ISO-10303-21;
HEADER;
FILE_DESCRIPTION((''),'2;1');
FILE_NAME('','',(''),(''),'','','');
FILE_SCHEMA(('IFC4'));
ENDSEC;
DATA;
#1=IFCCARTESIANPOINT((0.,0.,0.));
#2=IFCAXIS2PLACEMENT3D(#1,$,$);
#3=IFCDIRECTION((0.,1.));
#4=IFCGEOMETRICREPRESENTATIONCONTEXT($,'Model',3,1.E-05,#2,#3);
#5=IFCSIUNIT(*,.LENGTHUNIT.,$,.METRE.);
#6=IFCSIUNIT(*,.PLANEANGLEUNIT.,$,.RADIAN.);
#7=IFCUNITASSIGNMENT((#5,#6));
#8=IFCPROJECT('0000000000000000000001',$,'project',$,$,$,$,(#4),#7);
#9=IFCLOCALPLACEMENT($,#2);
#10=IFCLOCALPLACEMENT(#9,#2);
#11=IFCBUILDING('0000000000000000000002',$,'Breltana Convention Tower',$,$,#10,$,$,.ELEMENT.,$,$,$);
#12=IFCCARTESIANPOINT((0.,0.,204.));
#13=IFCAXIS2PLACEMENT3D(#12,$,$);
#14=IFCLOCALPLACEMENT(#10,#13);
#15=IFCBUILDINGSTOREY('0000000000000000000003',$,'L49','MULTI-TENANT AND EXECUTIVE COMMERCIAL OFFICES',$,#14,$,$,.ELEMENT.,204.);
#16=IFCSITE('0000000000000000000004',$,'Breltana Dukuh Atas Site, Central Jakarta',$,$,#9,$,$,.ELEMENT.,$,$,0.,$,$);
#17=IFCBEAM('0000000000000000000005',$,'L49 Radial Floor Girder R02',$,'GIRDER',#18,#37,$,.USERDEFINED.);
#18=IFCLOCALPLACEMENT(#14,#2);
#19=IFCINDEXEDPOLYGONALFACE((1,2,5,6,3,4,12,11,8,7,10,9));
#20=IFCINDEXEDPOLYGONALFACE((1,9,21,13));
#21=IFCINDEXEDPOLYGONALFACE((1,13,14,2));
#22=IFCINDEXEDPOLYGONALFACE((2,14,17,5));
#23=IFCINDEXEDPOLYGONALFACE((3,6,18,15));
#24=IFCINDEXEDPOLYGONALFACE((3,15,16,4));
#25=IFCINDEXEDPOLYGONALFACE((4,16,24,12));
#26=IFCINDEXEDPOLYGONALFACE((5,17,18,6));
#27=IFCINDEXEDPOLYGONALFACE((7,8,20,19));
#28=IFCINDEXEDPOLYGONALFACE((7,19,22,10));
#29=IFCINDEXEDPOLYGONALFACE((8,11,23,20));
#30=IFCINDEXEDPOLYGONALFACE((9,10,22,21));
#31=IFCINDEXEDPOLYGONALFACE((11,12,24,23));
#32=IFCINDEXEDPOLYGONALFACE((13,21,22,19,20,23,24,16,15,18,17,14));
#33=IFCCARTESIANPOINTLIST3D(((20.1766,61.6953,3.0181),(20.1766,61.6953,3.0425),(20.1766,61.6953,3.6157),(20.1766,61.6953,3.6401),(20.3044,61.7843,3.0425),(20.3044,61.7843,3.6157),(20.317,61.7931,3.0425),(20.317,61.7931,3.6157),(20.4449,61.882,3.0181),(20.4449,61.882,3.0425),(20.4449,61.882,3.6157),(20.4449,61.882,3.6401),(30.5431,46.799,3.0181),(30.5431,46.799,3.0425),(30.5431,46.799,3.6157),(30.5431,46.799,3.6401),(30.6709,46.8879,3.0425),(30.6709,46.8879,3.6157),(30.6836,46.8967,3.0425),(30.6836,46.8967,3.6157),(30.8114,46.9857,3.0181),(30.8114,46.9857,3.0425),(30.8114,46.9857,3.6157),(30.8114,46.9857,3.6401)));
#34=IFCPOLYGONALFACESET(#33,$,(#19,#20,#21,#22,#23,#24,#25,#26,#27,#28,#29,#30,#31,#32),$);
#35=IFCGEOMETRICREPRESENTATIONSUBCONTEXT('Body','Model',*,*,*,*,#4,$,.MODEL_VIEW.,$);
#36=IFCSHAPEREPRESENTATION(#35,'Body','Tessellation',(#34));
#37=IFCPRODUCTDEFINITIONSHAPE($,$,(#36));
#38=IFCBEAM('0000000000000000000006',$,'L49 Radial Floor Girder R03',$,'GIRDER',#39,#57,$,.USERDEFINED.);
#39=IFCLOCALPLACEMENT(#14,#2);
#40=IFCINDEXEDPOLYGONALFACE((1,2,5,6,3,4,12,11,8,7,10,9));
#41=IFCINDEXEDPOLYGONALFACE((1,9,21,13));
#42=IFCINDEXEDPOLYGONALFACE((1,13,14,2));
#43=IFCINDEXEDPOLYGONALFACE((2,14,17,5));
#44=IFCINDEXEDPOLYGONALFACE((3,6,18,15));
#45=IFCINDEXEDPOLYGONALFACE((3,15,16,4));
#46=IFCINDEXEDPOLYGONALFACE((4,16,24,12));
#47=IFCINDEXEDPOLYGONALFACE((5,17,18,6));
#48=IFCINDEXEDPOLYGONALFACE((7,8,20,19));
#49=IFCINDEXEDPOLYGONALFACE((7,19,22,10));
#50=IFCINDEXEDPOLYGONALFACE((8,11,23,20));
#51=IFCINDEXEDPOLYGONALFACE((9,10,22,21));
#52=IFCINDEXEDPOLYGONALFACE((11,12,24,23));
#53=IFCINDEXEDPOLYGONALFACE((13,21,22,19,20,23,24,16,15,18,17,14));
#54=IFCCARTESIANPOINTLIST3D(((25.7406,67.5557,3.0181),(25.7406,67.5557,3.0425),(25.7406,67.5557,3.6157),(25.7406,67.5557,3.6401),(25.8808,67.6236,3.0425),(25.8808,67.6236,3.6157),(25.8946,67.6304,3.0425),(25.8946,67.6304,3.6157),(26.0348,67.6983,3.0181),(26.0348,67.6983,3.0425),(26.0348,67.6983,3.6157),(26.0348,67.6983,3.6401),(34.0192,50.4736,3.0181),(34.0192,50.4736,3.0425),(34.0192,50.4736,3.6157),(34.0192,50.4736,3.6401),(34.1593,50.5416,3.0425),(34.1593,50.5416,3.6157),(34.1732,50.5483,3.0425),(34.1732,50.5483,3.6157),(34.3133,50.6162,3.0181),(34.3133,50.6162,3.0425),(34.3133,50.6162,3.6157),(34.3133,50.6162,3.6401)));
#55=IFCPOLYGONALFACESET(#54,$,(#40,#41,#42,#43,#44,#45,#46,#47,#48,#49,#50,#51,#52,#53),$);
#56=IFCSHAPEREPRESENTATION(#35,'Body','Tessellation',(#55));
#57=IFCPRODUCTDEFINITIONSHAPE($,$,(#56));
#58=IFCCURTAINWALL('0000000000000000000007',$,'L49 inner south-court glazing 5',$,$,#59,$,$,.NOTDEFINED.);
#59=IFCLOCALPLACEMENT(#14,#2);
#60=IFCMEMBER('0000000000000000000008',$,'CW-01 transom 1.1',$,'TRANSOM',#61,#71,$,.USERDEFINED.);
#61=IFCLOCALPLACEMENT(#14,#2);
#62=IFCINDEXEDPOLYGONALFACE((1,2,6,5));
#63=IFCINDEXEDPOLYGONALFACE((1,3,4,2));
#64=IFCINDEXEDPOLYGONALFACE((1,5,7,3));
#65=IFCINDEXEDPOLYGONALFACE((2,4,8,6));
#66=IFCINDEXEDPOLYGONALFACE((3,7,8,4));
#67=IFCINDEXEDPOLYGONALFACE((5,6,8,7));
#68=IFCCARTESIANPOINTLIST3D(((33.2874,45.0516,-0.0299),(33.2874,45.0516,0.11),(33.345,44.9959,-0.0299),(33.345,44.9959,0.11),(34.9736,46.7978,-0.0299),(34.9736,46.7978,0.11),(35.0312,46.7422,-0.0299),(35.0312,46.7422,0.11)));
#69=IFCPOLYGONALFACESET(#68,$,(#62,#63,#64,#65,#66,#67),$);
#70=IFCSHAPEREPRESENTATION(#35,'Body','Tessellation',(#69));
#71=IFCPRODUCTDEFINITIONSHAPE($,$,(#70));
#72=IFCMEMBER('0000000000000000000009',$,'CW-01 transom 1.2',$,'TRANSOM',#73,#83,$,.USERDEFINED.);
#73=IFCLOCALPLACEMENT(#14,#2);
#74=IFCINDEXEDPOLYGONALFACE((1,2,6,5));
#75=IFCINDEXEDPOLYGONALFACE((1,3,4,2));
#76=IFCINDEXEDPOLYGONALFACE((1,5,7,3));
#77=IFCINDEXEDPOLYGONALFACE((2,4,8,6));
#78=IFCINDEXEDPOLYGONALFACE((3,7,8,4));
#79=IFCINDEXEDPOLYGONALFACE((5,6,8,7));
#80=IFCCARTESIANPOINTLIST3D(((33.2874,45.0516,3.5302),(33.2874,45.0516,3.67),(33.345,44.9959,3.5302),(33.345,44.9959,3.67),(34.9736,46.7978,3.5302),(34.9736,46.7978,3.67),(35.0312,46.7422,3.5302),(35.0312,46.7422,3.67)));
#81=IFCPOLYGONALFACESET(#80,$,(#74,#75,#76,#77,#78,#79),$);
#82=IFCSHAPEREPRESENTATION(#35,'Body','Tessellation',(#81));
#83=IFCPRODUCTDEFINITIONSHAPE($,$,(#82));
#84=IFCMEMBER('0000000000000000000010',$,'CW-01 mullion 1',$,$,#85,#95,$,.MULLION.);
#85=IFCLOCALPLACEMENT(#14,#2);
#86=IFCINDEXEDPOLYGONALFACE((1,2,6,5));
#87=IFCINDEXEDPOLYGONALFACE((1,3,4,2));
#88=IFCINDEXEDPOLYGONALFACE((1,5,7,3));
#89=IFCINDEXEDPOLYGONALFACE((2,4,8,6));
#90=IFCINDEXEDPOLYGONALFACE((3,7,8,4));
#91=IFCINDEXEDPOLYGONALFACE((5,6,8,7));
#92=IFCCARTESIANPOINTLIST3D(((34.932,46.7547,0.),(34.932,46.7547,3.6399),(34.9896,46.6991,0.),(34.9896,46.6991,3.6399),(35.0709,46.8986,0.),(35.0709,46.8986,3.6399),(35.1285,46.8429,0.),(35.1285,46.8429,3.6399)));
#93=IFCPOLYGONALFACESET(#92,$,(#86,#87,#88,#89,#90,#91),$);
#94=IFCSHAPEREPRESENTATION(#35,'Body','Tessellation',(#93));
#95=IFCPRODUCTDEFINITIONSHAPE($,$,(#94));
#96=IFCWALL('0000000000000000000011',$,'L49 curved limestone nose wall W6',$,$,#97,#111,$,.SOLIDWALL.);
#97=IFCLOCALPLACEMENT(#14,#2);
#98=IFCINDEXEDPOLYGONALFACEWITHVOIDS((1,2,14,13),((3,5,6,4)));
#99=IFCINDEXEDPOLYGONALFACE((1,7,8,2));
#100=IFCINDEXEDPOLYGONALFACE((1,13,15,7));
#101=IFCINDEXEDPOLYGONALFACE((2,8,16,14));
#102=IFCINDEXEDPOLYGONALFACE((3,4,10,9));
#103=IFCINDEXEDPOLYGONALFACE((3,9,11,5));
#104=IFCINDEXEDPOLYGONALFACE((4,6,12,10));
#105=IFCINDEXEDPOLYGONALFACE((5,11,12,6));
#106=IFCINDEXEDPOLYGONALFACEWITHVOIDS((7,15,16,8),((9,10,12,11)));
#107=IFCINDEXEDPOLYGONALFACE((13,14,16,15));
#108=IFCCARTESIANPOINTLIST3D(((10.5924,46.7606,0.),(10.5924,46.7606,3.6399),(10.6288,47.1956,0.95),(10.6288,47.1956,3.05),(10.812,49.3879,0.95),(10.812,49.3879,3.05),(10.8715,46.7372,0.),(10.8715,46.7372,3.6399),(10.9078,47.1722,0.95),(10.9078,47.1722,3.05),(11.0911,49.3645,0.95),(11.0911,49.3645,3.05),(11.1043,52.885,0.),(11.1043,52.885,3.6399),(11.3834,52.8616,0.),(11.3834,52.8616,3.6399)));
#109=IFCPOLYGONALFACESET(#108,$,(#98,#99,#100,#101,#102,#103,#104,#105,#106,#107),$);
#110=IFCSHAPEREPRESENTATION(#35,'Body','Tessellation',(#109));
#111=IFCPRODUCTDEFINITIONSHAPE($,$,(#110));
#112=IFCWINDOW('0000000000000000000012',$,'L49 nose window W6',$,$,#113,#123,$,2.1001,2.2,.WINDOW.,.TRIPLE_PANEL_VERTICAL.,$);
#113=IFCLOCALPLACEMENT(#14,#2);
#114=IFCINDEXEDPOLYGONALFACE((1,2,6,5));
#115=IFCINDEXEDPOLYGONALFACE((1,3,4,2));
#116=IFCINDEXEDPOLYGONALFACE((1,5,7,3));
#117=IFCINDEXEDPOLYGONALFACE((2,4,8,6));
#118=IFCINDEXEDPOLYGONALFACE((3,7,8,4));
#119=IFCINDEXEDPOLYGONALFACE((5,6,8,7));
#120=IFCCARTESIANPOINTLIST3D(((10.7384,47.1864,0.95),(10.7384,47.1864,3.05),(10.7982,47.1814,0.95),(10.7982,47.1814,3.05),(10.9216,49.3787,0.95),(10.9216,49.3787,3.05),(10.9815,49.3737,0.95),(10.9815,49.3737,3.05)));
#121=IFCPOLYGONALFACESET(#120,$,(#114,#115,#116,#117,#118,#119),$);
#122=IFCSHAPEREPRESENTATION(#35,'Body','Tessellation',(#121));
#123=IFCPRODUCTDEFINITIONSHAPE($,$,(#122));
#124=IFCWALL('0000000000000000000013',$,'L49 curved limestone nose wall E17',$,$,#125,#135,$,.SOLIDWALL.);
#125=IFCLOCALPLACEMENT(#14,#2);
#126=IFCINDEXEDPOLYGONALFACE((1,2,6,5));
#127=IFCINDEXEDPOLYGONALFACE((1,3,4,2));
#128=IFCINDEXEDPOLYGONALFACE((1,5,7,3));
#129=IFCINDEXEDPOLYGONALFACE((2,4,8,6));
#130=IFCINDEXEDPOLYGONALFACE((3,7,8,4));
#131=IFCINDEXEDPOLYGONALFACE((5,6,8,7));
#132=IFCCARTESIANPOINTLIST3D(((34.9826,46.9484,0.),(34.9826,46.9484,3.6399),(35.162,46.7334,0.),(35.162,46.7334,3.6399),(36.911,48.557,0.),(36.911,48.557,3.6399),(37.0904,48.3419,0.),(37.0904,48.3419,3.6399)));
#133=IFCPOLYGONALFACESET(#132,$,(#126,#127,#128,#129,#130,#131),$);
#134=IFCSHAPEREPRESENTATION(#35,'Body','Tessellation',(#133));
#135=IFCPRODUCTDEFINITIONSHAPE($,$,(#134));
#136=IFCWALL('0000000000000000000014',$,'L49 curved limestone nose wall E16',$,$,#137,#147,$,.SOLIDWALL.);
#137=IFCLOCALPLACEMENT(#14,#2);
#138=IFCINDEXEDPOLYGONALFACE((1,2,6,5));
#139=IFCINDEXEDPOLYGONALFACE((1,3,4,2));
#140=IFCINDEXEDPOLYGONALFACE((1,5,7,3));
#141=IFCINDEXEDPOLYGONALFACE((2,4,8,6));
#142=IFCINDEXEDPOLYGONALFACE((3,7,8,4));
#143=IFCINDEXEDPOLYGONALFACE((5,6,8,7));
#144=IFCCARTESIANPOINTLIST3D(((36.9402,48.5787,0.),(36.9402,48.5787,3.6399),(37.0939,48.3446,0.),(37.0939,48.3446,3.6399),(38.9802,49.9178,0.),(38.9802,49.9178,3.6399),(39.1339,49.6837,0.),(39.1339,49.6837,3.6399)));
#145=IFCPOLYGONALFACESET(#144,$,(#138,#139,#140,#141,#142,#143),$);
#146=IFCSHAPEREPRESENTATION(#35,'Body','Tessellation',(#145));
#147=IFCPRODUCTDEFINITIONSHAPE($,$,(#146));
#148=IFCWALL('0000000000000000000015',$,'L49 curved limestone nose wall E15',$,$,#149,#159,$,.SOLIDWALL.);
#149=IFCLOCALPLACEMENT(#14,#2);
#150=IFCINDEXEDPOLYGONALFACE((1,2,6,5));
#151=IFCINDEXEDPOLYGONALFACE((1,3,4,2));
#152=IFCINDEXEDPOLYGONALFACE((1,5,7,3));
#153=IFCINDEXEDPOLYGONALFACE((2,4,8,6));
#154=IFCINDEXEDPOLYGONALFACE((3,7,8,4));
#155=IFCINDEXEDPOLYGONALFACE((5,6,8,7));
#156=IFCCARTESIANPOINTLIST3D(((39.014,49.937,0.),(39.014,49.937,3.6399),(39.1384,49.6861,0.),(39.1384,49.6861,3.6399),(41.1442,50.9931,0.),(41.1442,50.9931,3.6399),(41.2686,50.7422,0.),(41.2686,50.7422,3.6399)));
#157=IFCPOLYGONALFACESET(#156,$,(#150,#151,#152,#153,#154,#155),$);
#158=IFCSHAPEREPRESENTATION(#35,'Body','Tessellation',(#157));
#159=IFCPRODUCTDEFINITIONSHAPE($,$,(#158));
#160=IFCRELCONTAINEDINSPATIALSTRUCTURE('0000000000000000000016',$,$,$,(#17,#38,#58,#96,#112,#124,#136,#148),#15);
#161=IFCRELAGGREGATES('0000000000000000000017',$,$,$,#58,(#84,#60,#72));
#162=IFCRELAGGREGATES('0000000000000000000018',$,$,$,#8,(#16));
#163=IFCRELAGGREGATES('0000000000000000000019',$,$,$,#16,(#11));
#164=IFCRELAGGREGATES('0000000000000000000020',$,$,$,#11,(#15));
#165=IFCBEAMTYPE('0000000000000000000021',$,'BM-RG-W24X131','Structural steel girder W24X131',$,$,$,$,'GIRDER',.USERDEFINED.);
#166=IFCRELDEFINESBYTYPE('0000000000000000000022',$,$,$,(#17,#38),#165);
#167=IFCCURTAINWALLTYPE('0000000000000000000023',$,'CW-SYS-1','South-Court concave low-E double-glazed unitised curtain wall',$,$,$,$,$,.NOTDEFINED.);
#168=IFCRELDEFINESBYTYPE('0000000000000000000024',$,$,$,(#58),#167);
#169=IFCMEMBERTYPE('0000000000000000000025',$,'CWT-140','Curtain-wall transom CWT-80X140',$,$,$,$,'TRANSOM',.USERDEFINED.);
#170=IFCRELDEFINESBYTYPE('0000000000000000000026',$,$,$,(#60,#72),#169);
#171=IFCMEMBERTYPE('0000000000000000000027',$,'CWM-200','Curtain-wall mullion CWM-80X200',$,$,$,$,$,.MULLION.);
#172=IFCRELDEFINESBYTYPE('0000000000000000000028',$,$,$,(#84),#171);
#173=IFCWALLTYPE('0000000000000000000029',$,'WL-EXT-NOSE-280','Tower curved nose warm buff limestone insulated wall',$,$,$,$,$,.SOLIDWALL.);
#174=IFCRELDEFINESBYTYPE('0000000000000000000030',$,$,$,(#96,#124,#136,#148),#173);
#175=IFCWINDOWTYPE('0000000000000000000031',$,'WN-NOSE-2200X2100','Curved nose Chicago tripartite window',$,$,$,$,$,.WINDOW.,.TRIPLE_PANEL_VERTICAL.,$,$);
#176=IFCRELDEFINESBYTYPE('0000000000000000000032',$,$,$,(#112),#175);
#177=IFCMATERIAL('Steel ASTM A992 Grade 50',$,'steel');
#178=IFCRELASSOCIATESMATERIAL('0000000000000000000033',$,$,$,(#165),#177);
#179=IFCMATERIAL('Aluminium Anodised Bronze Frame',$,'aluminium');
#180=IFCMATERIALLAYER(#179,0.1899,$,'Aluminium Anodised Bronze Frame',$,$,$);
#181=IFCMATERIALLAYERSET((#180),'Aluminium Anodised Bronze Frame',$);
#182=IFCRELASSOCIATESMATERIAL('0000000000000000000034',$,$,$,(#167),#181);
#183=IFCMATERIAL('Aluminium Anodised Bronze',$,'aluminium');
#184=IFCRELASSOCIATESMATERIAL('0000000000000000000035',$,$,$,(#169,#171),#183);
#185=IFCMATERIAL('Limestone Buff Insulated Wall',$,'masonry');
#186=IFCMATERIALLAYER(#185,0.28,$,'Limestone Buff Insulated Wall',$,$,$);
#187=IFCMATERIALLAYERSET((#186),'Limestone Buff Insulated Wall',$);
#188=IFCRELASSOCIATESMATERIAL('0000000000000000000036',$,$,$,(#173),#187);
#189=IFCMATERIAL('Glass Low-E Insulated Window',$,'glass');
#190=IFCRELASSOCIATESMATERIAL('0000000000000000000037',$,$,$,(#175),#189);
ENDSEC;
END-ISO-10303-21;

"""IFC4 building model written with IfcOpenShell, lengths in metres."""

from ifc_helpers import new_model, si_unit, direction, frame, frame_2d, origin, origin_2d, place, context, subcontext, project, spatial, rectangle, i_section, extrude, source, transform, mapped, material, layer, layer_set, material_profile, profile_set, type_object, type_shapes, element, fill, aggregate, save


model = new_model("IFC4")

# Units and contexts
model_context = context("Model", 3, precision=1e-05, world=origin(), true_north=direction((0.0, 1.0)))
body_context = subcontext(model_context, "Body", "Model", "MODEL_VIEW")
ifc_project = project(units=[si_unit("LENGTHUNIT", "METRE"), si_unit("PLANEANGLEUNIT", "RADIAN")], contexts=[model_context])

# Site, building, storey
site_placement = place(None, origin())
site = spatial("IfcSite", under=ifc_project, at=site_placement, Name="Breltana Dukuh Atas Site, Central Jakarta", CompositionType="ELEMENT", RefElevation=0.0)
building_placement = place(site_placement, origin())
building = spatial("IfcBuilding", under=site, at=building_placement, Name="Breltana Convention Tower", CompositionType="ELEMENT")
storey_placement = place(building_placement, frame((0.0, 0.0, 204.0)))
storey = spatial("IfcBuildingStorey", under=building, at=storey_placement, Name="L49", Description="MULTI-TENANT AND EXECUTIVE COMMERCIAL OFFICES", CompositionType="ELEMENT", Elevation=204.0)

# Shared definitions
ifc_material_1 = material(Name="Steel ASTM A992 Grade 50", Category="steel")

# Beams
ifc_material_profile_1 = material_profile(ifc_material_1, i_section(OverallWidth=0.3269, OverallDepth=0.6221, WebThickness=0.0154, FlangeThickness=0.0244, at=origin_2d()), Name="W24X131")
ifc_profile_set_1 = profile_set([ifc_material_profile_1], Name="Steel ASTM A992 Grade 50")
beam_type_1 = type_object("IfcBeamType", Name="BM-RG-W24X131", Description="Structural steel girder W24X131", ElementType="GIRDER", PredefinedType="USERDEFINED", material=ifc_profile_set_1)
shared_shape_1 = source(origin(), body_context, "Body", "SweptSolid", [
    extrude(i_section(OverallWidth=0.3269, OverallDepth=0.6221, WebThickness=0.0154, FlangeThickness=0.0244, at=origin_2d()), origin(), (0.0, 0.0, 1.0), 18.1484),
])
beam_1_placement = place(storey_placement, frame((30.6772, 46.8923, 3.3291), z_axis=(-0.571208, 0.820806, 0.0), x_axis=(-0.820806, -0.571208, 0.0)))
element("IfcBeam", 1, at=beam_1_placement, inside=storey, type_object=beam_type_1, Name="L49 Radial Floor Girder R02", ObjectType="GIRDER", PredefinedType="USERDEFINED", context=body_context, shape_type="MappedRepresentation", body=[
    mapped(shared_shape_1, transform((0.0, 0.0, 0.0), scale=1.0)),
])
shared_shape_2 = source(origin(), body_context, "Body", "SweptSolid", [
    extrude(i_section(OverallWidth=0.3269, OverallDepth=0.6221, WebThickness=0.0154, FlangeThickness=0.0244, at=origin_2d()), origin(), (0.0, 0.0, 1.0), 18.9824),
])
beam_2_placement = place(storey_placement, frame((34.1663, 50.5449, 3.3291), z_axis=(-0.436119, 0.899889, 0.0), x_axis=(-0.899889, -0.436119, 0.0)))
element("IfcBeam", 2, at=beam_2_placement, inside=storey, type_object=beam_type_1, Name="L49 Radial Floor Girder R03", ObjectType="GIRDER", PredefinedType="USERDEFINED", context=body_context, shape_type="MappedRepresentation", body=[
    mapped(shared_shape_2, transform((0.0, 0.0, 0.0), scale=1.0)),
])

# Curtain wall, members
ifc_material_2 = material(Name="Aluminium Anodised Bronze Frame", Category="aluminium")
ifc_layer_1 = layer(ifc_material_2, 0.1899, Name="Aluminium Anodised Bronze Frame")
ifc_layer_set_1 = layer_set([ifc_layer_1], Name="Aluminium Anodised Bronze Frame")
curtain_wall_type = type_object("IfcCurtainWallType", Name="CW-SYS-1", Description="South-Court concave low-E double-glazed unitised curtain wall", PredefinedType="NOTDEFINED", material=ifc_layer_set_1)
curtain_wall_placement = place(storey_placement, origin())
curtain_wall = element("IfcCurtainWall", 3, at=curtain_wall_placement, inside=storey, type_object=curtain_wall_type, Name="L49 inner south-court glazing 5", PredefinedType="NOTDEFINED")
ifc_material_3 = material(Name="Aluminium Anodised Bronze", Category="aluminium")
ifc_material_profile_2 = material_profile(ifc_material_3, rectangle(XDim=0.0801, YDim=0.1399, at=origin_2d()), Name="CWT-80X140")
ifc_profile_set_2 = profile_set([ifc_material_profile_2], Name="Aluminium Anodised Bronze")
member_type_1 = type_object("IfcMemberType", Name="CWT-140", Description="Curtain-wall transom CWT-80X140", ElementType="TRANSOM", PredefinedType="USERDEFINED", material=ifc_profile_set_2)
shared_shape_3 = source(origin(), body_context, "Body", "SweptSolid", [
    extrude(rectangle(XDim=0.0801, YDim=0.1399, at=origin_2d()), origin(), (0.0, 0.0, 1.0), 2.4275),
])
member_1_placement = place(storey_placement, frame((35.0024, 46.77, 0.04), z_axis=(-0.694629, -0.719369, 0.0), x_axis=(0.719369, -0.694629, 0.0)))
member_1 = element("IfcMember", 4, at=member_1_placement, type_object=member_type_1, Name="CW-01 transom 1.1", ObjectType="TRANSOM", PredefinedType="USERDEFINED", context=body_context, shape_type="MappedRepresentation", body=[
    mapped(shared_shape_3, transform((0.0, 0.0, 0.0), scale=1.0)),
])
member_2_placement = place(storey_placement, frame((35.0024, 46.77, 3.6001), z_axis=(-0.694629, -0.719369, 0.0), x_axis=(0.719369, -0.694629, 0.0)))
member_2 = element("IfcMember", 5, at=member_2_placement, type_object=member_type_1, Name="CW-01 transom 1.2", ObjectType="TRANSOM", PredefinedType="USERDEFINED", context=body_context, shape_type="MappedRepresentation", body=[
    mapped(shared_shape_3, transform((0.0, 0.0, 0.0), scale=1.0)),
])
ifc_material_profile_3 = material_profile(ifc_material_3, rectangle(XDim=0.0801, YDim=0.2, at=origin_2d()), Name="CWM-80X200")
ifc_profile_set_3 = profile_set([ifc_material_profile_3], Name="Aluminium Anodised Bronze")
member_type_2 = type_object("IfcMemberType", Name="CWM-200", Description="Curtain-wall mullion CWM-80X200", PredefinedType="MULLION", material=ifc_profile_set_3)
shared_shape_4 = source(origin(), body_context, "Body", "SweptSolid", [
    extrude(rectangle(XDim=0.0801, YDim=0.2, at=origin_2d()), origin(), (0.0, 0.0, 1.0), 3.6399),
])
member_3_placement = place(storey_placement, frame((35.0303, 46.7988, 0.0), z_axis=(0.0, 0.0, 1.0), x_axis=(0.719366, -0.694632, 0.0)))
member_3 = element("IfcMember", 6, at=member_3_placement, type_object=member_type_2, Name="CW-01 mullion 1", PredefinedType="MULLION", context=body_context, shape_type="MappedRepresentation", body=[
    mapped(shared_shape_4, transform((0.0, 0.0, 0.0), scale=1.0)),
])
aggregate(curtain_wall, [member_3, member_1, member_2])

# Wall, opening, window
ifc_material_4 = material(Name="Limestone Buff Insulated Wall", Category="masonry")
ifc_layer_2 = layer(ifc_material_4, 0.28, Name="Limestone Buff Insulated Wall")
ifc_layer_set_2 = layer_set([ifc_layer_2], Name="Limestone Buff Insulated Wall")
wall_type_1 = type_object("IfcWallType", Name="WL-EXT-NOSE-280", Description="Tower curved nose warm buff limestone insulated wall", PredefinedType="SOLIDWALL", material=ifc_layer_set_2)
shared_shape_5 = source(origin(), body_context, "Body", "SweptSolid", [
    extrude(rectangle(XDim=6.1458, YDim=0.28, at=frame_2d((3.0728, 0.0))), origin(), (0.0, 0.0, 1.0), 3.6399),
])
wall_1_placement = place(storey_placement, frame((10.7319, 46.749, 0.0), z_axis=(0.0, 0.0, 1.0), x_axis=(0.083302, 0.996524, 0.0)))
wall_1 = element("IfcWall", 7, at=wall_1_placement, inside=storey, type_object=wall_type_1, Name="L49 curved limestone nose wall W6", PredefinedType="SOLIDWALL", context=body_context, shape_type="MappedRepresentation", body=[
    mapped(shared_shape_5, transform((0.0, 0.0, 0.0), scale=1.0)),
])
opening_placement = place(wall_1_placement, frame((0.4363, 0.0, 0.95)))
opening = element("IfcOpeningElement", 8, at=opening_placement, cuts=wall_1, PredefinedType="OPENING", context=body_context, shape_type="SweptSolid", body=[
    extrude(rectangle(XDim=2.2, YDim=2.1001, at=frame_2d((1.1001, 1.05))), frame((0.0, 0.1499, 0.0), z_axis=(0.0, -1.0, 0.0), x_axis=(1.0, 0.0, 0.0)), (0.0, 0.0, 1.0), 0.3),
])
ifc_material_5 = material(Name="Glass Low-E Insulated Window", Category="glass")
window_type = type_object("IfcWindowType", Name="WN-NOSE-2200X2100", Description="Curved nose Chicago tripartite window", PartitioningType="TRIPLE_PANEL_VERTICAL", PredefinedType="WINDOW", material=ifc_material_5)
shared_shape_6 = source(origin(), body_context, "Body", "SweptSolid", [
    extrude(rectangle(XDim=2.2, YDim=2.1001, at=frame_2d((1.1001, 1.05))), frame((0.0, 0.03, 0.0), z_axis=(0.0, -1.0, 0.0), x_axis=(1.0, 0.0, 0.0)), (0.0, 0.0, 1.0), 0.0601),
])
type_shapes(window_type, [shared_shape_6])
window_placement = place(opening_placement, origin())
window = element("IfcWindow", 9, at=window_placement, inside=storey, type_object=window_type, Name="L49 nose window W6", OverallHeight=2.1001, OverallWidth=2.2, PartitioningType="TRIPLE_PANEL_VERTICAL", PredefinedType="WINDOW", context=body_context, shape_type="MappedRepresentation", body=[
    mapped(shared_shape_6, transform((0.0, 0.0, 0.0), scale=1.0)),
])
fill(opening, window)

# Walls
shared_shape_7 = source(origin(), body_context, "Body", "SweptSolid", [
    extrude(rectangle(XDim=2.5112, YDim=0.28, at=frame_2d((1.2556, 0.0))), origin(), (0.0, 0.0, 1.0), 3.6399),
])
wall_2_placement = place(storey_placement, frame((37.0007, 48.4495, 0.0), z_axis=(0.0, 0.0, 1.0), x_axis=(-0.76791, -0.640557, 0.0)))
element("IfcWall", 10, at=wall_2_placement, inside=storey, type_object=wall_type_1, Name="L49 curved limestone nose wall E17", PredefinedType="SOLIDWALL", context=body_context, shape_type="MappedRepresentation", body=[
    mapped(shared_shape_7, transform((0.0, 0.0, 0.0), scale=1.0)),
])
shared_shape_8 = source(origin(), body_context, "Body", "SweptSolid", [
    extrude(rectangle(XDim=2.4402, YDim=0.28, at=frame_2d((1.2202, 0.0))), origin(), (0.0, 0.0, 1.0), 3.6399),
])
wall_3_placement = place(storey_placement, frame((39.0571, 49.8008, 0.0), z_axis=(0.0, 0.0, 1.0), x_axis=(-0.835985, -0.548753, 0.0)))
element("IfcWall", 11, at=wall_3_placement, inside=storey, type_object=wall_type_1, Name="L49 curved limestone nose wall E16", PredefinedType="SOLIDWALL", context=body_context, shape_type="MappedRepresentation", body=[
    mapped(shared_shape_8, transform((0.0, 0.0, 0.0), scale=1.0)),
])
shared_shape_9 = source(origin(), body_context, "Body", "SweptSolid", [
    extrude(rectangle(XDim=2.3777, YDim=0.28, at=frame_2d((1.189, 0.0))), origin(), (0.0, 0.0, 1.0), 3.6399),
])
wall_4_placement = place(storey_placement, frame((41.2065, 50.8677, 0.0), z_axis=(0.0, 0.0, 1.0), x_axis=(-0.895942, -0.444172, 0.0)))
element("IfcWall", 12, at=wall_4_placement, inside=storey, type_object=wall_type_1, Name="L49 curved limestone nose wall E15", PredefinedType="SOLIDWALL", context=body_context, shape_type="MappedRepresentation", body=[
    mapped(shared_shape_9, transform((0.0, 0.0, 0.0), scale=1.0)),
])

save(model, "model.ifc")
